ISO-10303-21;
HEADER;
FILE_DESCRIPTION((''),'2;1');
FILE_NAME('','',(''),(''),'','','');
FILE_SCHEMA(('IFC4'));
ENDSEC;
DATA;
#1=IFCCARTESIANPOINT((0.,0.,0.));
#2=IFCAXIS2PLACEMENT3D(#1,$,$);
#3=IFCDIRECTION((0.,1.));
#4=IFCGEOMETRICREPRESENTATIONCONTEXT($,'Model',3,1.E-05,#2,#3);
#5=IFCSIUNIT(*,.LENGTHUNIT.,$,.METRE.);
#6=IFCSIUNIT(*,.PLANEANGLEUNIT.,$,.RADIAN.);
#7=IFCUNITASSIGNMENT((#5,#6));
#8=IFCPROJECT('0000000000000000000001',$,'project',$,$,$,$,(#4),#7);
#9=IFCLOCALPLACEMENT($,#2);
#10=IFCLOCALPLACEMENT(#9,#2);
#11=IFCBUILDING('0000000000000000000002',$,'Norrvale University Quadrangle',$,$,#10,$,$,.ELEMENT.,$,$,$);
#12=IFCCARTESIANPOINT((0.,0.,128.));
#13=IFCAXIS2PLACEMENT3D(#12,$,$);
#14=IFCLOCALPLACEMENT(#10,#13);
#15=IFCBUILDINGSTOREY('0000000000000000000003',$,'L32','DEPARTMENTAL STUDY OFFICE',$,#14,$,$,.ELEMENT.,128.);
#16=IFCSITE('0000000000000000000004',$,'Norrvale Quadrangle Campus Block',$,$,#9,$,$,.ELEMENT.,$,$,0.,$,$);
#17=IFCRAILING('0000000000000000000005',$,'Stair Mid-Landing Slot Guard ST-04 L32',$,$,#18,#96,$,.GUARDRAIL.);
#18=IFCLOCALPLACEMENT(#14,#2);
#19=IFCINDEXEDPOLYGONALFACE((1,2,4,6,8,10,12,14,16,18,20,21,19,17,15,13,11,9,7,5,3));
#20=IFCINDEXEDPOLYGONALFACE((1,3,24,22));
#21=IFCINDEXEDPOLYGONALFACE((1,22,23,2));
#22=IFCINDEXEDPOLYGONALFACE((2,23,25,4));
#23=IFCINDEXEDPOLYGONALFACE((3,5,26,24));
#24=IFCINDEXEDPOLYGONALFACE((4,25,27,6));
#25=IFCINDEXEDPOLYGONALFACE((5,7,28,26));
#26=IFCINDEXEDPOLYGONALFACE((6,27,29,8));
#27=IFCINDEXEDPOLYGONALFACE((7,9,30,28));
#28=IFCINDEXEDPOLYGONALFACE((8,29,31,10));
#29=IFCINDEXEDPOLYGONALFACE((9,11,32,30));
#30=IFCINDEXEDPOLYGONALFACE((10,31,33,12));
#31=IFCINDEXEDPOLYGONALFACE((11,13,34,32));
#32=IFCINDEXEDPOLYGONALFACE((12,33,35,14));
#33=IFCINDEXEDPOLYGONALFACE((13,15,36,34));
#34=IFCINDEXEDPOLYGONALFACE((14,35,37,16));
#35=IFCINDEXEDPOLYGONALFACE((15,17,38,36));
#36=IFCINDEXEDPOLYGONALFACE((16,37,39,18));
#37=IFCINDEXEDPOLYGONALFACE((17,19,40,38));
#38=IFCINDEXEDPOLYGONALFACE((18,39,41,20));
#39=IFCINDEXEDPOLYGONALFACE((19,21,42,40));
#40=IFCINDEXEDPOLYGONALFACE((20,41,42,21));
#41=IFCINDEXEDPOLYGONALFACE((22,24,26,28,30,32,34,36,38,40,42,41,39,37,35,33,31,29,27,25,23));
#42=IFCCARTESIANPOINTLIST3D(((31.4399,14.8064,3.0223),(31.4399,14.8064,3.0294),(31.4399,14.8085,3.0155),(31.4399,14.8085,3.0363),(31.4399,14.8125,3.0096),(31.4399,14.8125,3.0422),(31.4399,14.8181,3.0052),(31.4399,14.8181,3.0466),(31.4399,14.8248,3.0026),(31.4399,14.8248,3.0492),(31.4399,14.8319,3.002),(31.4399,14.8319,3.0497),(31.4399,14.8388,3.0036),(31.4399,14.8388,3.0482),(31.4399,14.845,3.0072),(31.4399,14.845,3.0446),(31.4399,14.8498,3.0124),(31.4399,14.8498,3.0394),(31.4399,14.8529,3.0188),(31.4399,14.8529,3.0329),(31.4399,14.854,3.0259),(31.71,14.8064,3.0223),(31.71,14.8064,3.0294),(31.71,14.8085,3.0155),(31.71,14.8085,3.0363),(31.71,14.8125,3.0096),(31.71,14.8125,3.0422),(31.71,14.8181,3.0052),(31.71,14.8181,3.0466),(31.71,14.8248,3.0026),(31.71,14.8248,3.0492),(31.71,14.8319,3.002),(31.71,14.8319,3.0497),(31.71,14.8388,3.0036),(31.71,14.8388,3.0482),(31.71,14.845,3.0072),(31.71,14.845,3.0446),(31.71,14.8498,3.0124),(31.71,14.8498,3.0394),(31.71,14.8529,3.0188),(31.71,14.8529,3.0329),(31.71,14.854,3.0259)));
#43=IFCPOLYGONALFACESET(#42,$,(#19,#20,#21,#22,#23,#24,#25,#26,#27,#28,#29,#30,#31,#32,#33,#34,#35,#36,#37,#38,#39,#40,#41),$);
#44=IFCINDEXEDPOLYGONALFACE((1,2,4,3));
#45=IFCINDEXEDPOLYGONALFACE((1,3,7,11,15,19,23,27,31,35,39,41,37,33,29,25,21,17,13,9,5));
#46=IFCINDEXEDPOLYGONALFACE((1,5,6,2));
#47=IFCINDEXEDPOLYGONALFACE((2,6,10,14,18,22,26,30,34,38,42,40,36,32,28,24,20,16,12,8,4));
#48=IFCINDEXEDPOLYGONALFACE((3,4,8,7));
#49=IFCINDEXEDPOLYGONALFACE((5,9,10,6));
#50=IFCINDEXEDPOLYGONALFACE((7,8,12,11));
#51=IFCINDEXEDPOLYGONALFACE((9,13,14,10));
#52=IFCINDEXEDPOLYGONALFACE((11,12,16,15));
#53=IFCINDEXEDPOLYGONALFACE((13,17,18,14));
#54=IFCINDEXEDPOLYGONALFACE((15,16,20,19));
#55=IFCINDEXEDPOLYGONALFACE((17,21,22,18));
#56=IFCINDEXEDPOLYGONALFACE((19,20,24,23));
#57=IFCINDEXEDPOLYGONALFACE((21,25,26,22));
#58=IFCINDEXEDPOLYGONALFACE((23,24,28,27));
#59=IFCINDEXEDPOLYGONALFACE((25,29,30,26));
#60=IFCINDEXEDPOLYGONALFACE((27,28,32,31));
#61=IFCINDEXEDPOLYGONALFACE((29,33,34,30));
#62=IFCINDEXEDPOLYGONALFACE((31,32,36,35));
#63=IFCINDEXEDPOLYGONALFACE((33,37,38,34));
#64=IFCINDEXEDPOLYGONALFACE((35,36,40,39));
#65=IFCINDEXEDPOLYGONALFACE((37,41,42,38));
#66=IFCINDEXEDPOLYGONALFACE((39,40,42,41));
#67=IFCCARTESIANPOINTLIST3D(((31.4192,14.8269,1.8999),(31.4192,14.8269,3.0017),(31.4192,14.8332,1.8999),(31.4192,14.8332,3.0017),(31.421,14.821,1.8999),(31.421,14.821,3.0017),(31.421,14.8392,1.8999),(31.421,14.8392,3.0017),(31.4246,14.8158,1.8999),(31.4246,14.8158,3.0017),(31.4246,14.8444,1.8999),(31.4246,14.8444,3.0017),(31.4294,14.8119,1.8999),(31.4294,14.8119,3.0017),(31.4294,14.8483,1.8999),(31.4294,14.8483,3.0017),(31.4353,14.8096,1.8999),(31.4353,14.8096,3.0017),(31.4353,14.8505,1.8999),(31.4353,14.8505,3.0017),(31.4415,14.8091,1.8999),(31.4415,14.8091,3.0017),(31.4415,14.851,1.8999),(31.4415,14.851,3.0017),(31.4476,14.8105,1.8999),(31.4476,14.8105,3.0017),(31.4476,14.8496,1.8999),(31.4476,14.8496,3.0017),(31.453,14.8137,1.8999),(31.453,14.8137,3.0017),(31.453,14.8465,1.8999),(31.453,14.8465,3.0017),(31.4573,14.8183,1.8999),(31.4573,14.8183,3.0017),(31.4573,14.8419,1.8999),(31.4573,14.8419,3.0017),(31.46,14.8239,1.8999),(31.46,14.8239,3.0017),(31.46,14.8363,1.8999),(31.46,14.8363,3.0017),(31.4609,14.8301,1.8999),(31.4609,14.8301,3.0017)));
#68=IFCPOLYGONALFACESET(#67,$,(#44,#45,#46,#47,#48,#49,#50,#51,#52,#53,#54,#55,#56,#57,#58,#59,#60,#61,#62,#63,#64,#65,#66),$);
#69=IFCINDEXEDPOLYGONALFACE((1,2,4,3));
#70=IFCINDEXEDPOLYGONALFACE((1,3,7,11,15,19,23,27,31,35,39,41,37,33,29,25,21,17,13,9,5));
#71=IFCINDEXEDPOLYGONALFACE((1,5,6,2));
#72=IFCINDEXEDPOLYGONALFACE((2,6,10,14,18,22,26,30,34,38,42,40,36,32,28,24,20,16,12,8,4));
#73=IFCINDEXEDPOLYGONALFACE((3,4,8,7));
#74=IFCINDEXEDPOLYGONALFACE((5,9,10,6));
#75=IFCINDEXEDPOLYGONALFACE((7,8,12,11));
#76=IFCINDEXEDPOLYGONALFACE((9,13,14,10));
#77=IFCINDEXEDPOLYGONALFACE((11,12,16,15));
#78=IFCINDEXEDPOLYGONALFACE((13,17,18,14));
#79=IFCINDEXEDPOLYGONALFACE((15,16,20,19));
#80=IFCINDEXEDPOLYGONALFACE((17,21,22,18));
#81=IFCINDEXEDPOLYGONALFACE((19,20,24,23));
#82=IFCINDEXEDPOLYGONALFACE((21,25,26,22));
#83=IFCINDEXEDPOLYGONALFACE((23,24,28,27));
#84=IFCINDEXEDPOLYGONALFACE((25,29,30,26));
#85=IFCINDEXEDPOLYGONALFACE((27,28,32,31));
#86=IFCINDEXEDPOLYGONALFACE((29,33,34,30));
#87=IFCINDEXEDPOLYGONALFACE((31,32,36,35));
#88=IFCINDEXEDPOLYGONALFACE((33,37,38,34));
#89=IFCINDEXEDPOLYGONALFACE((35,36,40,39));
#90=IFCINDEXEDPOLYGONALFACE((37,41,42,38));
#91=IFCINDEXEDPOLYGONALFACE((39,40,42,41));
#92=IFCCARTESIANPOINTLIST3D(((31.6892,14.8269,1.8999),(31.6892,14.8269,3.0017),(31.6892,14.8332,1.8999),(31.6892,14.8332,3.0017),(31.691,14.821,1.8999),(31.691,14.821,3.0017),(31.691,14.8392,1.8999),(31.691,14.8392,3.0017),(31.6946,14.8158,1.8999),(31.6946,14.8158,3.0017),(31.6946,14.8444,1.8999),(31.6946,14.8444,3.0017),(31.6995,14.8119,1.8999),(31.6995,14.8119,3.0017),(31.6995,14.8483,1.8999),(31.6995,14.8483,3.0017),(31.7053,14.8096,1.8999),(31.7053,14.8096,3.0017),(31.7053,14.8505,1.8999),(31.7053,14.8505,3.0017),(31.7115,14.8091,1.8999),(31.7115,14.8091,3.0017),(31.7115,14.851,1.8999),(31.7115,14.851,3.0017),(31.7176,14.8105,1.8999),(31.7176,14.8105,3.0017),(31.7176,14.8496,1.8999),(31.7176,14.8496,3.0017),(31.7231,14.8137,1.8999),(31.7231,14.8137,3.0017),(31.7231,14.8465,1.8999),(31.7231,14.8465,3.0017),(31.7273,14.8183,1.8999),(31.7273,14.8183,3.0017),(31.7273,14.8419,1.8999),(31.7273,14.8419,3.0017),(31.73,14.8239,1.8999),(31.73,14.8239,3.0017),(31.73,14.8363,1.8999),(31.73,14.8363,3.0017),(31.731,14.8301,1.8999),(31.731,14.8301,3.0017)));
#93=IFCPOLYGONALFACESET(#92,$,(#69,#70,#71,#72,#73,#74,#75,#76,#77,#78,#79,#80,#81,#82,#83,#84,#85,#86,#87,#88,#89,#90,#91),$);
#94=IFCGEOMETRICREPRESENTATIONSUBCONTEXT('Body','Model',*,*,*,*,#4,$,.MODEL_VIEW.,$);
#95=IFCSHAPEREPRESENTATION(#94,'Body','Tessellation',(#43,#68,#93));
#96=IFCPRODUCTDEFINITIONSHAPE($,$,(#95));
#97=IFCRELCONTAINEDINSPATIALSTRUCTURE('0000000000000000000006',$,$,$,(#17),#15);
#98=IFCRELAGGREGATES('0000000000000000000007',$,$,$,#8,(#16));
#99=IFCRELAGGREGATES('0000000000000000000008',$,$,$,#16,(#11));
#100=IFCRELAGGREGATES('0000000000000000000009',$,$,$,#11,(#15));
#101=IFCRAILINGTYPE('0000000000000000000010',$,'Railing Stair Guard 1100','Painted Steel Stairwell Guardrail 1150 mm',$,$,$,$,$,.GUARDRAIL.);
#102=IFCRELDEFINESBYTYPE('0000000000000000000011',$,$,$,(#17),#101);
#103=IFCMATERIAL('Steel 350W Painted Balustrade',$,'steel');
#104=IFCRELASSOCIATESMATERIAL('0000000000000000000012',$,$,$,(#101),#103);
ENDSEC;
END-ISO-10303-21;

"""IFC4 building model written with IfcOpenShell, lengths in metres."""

from ifc_helpers import new_model, si_unit, direction, frame, origin, origin_2d, place, context, subcontext, project, spatial, circle, extrude, material, type_object, element, save


model = new_model("IFC4")

# Units and contexts
model_context = context("Model", 3, precision=1e-05, world=origin(), true_north=direction((0.0, 1.0)))
body_context = subcontext(model_context, "Body", "Model", "MODEL_VIEW")
ifc_project = project(units=[si_unit("LENGTHUNIT", "METRE"), si_unit("PLANEANGLEUNIT", "RADIAN")], contexts=[model_context])

# Site, building, storey
site_placement = place(None, origin())
site = spatial("IfcSite", under=ifc_project, at=site_placement, Name="Norrvale Quadrangle Campus Block", CompositionType="ELEMENT", RefElevation=0.0)
building_placement = place(site_placement, origin())
building = spatial("IfcBuilding", under=site, at=building_placement, Name="Norrvale University Quadrangle", CompositionType="ELEMENT")
storey_placement = place(building_placement, frame((0.0, 0.0, 128.0)))
storey = spatial("IfcBuildingStorey", under=building, at=storey_placement, Name="L32", Description="DEPARTMENTAL STUDY OFFICE", CompositionType="ELEMENT", Elevation=128.0)

# Railing
ifc_material_1 = material(Name="Steel 350W Painted Balustrade", Category="steel")
railing_type_1 = type_object("IfcRailingType", Name="Railing Stair Guard 1100", Description="Painted Steel Stairwell Guardrail 1150 mm", PredefinedType="GUARDRAIL", material=ifc_material_1)
railing_1_placement = place(storey_placement, frame((31.4399, 14.8301, 1.8999)))
element("IfcRailing", 1, at=railing_1_placement, inside=storey, type_object=railing_type_1, Name="Stair Mid-Landing Slot Guard ST-04 L32", PredefinedType="GUARDRAIL", context=body_context, shape_type="SweptSolid", body=[
    extrude(circle(Radius=0.0239, at=origin_2d()), frame((0.0, 0.0, 1.126), z_axis=(1.0, 0.0, 0.0), x_axis=(0.0, 1.0, 0.0)), (0.0, 0.0, 1.0), 0.27),
    extrude(circle(Radius=0.021, at=origin_2d()), origin(), (0.0, 0.0, 1.0), 1.1018),
    extrude(circle(Radius=0.021, at=origin_2d()), frame((0.27, 0.0, 0.0)), (0.0, 0.0, 1.0), 1.1018),
])

save(model, "model.ifc")
